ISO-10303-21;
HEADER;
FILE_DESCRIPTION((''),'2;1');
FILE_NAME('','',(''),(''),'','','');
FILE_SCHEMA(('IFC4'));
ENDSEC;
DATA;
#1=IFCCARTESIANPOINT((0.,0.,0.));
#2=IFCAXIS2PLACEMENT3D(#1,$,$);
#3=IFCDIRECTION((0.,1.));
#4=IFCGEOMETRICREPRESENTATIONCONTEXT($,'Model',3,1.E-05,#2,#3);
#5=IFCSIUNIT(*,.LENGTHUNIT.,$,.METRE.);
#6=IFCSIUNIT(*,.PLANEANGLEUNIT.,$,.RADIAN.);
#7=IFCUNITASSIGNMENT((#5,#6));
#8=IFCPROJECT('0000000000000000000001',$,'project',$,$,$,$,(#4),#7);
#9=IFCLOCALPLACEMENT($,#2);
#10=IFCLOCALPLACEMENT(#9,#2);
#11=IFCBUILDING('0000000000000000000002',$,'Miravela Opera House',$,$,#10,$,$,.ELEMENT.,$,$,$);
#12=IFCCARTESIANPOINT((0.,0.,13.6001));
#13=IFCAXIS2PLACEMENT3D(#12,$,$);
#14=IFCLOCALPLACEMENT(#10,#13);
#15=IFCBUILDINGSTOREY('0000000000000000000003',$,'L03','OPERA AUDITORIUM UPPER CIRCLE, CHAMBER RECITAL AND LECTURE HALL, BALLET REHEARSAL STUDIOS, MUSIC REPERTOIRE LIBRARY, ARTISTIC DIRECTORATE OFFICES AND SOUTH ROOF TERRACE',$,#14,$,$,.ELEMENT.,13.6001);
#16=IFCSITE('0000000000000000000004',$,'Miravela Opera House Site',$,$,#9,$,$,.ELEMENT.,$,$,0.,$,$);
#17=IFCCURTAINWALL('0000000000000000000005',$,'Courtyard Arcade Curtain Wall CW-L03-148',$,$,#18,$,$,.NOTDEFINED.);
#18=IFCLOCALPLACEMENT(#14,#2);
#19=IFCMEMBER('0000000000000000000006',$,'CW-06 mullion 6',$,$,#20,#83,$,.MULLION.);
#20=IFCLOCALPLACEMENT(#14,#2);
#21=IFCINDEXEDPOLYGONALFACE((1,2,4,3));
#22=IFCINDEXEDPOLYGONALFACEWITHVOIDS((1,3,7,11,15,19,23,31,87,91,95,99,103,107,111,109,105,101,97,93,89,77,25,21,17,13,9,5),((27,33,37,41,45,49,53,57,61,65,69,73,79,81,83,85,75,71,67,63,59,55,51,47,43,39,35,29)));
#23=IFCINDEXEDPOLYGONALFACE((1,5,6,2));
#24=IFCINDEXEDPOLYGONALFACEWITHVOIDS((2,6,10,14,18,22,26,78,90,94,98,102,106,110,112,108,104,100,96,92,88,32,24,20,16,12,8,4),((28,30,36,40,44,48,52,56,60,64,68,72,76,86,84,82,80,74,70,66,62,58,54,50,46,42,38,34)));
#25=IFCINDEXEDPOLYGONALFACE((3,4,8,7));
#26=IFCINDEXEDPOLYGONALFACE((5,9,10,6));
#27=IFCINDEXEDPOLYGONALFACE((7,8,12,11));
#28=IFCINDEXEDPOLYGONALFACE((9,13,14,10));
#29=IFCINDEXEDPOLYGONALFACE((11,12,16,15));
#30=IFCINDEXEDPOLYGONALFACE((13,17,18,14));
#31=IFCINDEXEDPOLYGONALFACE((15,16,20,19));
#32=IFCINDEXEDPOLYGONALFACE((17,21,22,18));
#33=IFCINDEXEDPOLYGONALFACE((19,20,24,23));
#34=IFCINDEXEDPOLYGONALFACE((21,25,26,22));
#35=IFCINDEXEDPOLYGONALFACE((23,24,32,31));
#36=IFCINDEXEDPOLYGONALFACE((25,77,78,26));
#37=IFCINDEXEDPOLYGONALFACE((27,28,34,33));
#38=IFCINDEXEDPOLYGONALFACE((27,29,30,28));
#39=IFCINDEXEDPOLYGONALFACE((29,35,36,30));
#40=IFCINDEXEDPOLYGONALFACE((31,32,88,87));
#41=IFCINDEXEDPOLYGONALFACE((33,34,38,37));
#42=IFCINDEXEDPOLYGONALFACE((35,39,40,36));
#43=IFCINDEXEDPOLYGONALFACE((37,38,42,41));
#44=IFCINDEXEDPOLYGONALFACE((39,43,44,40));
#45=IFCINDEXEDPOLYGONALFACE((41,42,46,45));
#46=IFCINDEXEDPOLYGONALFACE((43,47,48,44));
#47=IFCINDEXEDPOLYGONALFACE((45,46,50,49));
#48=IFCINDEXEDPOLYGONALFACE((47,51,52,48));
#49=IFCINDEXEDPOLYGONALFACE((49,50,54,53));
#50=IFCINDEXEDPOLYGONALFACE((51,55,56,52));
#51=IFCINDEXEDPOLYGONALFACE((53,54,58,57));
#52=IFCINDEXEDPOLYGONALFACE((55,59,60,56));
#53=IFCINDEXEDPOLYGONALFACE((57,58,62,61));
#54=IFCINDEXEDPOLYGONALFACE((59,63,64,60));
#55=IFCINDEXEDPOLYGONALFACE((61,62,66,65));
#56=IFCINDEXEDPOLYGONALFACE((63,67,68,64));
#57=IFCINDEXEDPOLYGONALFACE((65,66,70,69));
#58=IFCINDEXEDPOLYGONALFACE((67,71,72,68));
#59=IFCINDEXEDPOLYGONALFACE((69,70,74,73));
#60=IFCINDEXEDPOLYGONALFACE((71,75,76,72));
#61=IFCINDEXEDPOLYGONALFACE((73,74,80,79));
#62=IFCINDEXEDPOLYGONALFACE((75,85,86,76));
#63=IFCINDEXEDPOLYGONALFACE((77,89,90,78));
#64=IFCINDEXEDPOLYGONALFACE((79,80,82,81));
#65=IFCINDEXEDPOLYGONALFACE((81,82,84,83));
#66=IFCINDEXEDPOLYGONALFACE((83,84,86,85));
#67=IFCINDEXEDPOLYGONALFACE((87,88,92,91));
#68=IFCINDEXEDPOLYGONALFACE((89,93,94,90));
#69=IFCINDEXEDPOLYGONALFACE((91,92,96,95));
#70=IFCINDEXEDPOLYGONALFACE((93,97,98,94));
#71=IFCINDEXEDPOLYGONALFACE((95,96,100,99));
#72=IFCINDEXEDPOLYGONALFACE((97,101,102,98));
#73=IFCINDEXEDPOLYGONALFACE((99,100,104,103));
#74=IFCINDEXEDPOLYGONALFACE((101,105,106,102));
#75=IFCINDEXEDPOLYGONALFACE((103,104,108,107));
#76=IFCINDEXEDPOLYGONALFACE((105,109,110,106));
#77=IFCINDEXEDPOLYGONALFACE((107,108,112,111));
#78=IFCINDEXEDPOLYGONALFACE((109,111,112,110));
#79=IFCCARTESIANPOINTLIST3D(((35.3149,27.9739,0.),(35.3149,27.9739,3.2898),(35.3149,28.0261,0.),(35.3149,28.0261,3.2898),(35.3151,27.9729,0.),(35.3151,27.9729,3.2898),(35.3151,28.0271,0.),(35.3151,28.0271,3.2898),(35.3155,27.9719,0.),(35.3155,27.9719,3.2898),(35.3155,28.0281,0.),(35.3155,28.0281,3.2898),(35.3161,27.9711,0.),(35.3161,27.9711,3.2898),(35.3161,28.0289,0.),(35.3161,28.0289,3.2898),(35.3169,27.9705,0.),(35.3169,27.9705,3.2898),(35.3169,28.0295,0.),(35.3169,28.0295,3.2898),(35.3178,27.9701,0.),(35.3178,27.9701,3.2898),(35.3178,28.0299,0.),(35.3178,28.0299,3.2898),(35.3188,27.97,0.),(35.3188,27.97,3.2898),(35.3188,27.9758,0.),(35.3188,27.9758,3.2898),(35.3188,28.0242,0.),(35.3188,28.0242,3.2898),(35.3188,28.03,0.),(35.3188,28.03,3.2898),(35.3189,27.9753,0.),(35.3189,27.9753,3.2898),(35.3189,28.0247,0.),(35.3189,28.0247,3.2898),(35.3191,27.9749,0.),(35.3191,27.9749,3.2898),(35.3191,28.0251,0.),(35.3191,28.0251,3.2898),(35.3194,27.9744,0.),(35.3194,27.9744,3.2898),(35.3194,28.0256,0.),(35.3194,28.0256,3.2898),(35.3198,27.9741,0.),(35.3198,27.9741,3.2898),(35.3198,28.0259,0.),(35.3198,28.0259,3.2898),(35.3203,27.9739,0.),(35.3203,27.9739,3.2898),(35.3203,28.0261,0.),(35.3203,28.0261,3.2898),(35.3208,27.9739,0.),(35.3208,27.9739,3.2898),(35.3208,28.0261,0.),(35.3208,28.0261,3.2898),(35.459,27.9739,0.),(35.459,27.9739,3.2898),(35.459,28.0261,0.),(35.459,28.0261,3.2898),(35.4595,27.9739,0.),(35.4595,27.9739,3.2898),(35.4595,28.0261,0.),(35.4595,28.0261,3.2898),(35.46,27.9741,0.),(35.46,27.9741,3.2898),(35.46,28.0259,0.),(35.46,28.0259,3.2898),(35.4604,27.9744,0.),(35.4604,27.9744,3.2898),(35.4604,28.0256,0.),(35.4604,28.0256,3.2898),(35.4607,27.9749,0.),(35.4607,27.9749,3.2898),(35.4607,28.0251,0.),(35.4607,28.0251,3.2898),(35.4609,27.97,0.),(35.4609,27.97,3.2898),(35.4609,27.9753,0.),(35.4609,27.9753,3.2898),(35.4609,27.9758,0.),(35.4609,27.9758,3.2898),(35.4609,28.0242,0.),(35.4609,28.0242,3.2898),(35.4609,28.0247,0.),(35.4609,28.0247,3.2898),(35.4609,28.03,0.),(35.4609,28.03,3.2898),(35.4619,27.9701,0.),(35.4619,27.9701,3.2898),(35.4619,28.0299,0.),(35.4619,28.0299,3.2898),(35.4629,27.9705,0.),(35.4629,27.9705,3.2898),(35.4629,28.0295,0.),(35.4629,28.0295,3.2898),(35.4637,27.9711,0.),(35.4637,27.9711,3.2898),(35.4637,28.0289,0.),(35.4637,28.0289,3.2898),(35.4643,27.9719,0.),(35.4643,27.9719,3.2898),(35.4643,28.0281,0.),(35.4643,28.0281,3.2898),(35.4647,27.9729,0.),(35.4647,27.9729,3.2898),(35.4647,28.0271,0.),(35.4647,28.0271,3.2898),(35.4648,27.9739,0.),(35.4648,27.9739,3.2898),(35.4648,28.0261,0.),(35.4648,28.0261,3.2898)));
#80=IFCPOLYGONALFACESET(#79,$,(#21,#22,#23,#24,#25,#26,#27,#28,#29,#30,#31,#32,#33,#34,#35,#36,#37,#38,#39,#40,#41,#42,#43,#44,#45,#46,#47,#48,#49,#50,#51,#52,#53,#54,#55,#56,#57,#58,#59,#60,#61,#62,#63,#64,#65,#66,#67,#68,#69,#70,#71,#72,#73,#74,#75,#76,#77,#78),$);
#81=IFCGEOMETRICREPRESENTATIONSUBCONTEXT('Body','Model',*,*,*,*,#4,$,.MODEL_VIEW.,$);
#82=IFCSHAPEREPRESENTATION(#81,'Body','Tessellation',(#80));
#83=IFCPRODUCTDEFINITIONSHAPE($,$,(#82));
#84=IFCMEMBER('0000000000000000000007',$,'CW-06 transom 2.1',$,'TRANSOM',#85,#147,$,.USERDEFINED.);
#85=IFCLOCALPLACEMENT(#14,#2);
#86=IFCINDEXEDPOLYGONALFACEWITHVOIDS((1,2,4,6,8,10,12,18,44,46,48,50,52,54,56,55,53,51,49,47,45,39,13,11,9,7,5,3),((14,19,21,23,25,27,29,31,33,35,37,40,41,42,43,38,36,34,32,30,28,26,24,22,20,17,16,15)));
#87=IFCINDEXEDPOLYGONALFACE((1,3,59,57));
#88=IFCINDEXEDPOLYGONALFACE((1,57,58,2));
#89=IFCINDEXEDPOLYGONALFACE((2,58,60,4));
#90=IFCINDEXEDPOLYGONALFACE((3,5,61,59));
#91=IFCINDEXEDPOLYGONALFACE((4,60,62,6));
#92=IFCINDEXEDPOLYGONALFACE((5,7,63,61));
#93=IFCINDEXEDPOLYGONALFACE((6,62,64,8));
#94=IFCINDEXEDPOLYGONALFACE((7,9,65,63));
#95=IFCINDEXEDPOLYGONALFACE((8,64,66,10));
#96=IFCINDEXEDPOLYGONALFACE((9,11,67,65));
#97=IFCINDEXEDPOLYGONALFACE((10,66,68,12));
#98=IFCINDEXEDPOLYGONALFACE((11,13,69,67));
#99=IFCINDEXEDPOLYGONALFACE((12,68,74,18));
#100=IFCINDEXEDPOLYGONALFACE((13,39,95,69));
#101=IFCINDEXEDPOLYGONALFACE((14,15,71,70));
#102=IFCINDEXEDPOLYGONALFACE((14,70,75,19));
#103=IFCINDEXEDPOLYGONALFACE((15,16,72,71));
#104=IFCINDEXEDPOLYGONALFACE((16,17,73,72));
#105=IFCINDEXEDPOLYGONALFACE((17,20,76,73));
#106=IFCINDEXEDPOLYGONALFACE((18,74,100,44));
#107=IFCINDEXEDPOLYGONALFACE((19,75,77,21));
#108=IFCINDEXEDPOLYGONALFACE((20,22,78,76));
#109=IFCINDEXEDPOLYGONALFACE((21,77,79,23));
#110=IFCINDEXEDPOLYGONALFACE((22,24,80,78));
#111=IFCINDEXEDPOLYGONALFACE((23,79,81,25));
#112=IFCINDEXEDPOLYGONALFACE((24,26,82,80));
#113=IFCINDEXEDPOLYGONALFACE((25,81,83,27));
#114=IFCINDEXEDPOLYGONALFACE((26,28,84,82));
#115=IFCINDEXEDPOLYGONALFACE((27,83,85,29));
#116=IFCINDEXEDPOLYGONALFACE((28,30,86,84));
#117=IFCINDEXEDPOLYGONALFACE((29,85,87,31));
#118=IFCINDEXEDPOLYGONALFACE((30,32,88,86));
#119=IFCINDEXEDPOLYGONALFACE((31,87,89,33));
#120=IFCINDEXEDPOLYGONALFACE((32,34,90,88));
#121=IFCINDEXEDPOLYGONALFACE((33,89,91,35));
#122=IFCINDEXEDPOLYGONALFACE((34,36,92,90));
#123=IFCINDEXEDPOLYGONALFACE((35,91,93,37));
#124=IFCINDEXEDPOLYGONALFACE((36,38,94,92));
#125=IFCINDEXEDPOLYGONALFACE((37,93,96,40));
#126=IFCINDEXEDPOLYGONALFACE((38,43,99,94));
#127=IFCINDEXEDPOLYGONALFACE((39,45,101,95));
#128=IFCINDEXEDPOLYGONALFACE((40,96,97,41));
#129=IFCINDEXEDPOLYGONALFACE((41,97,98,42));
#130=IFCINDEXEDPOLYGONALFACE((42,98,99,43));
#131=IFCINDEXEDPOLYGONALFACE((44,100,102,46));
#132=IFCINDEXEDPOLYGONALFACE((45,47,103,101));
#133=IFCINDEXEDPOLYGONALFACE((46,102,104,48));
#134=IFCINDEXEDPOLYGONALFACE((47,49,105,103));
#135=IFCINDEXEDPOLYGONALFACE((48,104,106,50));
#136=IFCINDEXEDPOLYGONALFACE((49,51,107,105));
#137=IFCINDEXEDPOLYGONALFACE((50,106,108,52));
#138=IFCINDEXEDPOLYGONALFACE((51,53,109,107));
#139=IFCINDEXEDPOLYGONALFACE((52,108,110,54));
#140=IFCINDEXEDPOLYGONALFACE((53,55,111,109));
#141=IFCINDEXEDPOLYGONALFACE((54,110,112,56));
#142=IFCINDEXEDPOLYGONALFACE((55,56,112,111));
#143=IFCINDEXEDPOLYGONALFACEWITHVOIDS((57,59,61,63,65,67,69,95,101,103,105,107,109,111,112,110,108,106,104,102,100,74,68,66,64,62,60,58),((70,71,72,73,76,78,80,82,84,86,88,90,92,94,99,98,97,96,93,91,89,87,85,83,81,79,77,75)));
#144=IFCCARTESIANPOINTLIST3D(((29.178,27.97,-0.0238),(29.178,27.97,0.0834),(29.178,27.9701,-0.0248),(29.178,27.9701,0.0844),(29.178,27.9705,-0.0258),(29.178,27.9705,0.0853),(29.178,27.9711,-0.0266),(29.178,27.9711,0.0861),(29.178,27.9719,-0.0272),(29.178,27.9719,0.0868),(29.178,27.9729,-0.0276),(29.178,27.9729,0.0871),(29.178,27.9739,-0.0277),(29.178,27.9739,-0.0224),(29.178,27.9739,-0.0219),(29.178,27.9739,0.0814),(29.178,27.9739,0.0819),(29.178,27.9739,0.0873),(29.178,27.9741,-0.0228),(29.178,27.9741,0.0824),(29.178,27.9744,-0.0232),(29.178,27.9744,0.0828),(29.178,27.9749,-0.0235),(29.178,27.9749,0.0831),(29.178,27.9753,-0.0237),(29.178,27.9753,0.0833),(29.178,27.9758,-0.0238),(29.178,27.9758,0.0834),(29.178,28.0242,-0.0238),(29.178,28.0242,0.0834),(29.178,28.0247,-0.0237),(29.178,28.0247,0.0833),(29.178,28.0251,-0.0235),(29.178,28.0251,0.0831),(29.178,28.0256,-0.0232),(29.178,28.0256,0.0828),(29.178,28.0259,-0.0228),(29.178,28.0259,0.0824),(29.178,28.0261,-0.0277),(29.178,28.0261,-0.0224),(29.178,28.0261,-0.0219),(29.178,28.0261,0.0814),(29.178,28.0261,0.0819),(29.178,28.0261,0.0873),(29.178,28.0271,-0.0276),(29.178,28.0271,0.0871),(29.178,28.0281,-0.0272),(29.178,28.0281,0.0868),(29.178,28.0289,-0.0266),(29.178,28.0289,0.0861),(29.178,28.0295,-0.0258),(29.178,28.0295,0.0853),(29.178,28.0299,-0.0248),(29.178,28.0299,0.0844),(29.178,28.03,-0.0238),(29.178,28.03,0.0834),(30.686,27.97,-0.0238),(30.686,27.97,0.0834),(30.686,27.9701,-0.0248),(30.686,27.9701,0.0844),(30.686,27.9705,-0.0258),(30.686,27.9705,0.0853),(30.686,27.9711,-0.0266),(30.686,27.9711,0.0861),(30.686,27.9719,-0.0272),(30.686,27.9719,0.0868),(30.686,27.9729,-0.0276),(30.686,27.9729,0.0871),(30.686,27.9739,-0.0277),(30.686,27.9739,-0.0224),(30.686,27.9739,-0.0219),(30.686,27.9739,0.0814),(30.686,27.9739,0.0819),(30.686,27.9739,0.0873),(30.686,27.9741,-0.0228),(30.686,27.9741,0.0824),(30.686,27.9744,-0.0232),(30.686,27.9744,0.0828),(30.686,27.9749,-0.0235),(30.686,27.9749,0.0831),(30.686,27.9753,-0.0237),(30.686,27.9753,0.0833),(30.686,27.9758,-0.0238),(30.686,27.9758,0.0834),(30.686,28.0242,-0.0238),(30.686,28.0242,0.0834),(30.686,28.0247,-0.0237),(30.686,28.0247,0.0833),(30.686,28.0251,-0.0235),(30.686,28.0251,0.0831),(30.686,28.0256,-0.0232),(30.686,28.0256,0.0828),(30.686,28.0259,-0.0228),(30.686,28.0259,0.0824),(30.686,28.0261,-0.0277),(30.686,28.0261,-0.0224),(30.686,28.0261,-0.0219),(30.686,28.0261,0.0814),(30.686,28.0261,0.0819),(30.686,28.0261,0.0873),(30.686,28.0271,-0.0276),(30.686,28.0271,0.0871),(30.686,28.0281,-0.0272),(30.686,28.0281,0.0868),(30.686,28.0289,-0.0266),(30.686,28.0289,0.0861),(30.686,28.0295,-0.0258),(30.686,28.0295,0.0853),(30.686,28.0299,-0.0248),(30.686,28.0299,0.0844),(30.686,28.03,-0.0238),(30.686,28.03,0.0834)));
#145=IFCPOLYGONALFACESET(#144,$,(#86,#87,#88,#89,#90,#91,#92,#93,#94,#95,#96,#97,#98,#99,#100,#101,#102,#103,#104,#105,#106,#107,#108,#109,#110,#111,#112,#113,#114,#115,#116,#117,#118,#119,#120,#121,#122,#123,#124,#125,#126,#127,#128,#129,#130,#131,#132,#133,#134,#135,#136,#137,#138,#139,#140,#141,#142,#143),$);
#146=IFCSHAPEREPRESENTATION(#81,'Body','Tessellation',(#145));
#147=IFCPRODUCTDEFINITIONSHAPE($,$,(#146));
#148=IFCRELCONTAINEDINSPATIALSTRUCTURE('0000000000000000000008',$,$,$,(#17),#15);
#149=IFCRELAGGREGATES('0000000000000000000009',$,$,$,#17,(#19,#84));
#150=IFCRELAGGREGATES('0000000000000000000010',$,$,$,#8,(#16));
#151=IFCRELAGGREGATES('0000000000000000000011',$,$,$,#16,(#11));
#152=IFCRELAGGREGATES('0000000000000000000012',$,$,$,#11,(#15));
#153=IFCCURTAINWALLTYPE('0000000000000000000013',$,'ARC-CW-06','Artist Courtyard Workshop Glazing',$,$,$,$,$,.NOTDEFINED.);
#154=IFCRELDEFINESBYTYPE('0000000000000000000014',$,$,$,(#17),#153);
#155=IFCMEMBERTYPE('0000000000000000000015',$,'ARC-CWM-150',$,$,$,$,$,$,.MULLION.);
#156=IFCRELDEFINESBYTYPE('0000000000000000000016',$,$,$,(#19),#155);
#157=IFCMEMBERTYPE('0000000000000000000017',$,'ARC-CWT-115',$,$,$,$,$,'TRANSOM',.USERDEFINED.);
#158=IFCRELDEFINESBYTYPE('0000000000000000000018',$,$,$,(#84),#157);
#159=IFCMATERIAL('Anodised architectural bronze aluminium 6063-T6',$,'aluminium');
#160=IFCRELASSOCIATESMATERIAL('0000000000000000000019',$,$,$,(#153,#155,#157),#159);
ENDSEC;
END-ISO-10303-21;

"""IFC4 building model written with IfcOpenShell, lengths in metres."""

from ifc_helpers import new_model, si_unit, direction, frame, origin, origin_2d, place, context, subcontext, project, spatial, hollow_rectangle, extrude, material, material_profile, profile_set, type_object, element, aggregate, save


model = new_model("IFC4")

# Units and contexts
model_context = context("Model", 3, precision=1e-05, world=origin(), true_north=direction((0.0, 1.0)))
body_context = subcontext(model_context, "Body", "Model", "MODEL_VIEW")
ifc_project = project(units=[si_unit("LENGTHUNIT", "METRE"), si_unit("PLANEANGLEUNIT", "RADIAN")], contexts=[model_context])

# Site, building, storey
site_placement = place(None, origin())
site = spatial("IfcSite", under=ifc_project, at=site_placement, Name="Miravela Opera House Site", CompositionType="ELEMENT", RefElevation=0.0)
building_placement = place(site_placement, origin())
building = spatial("IfcBuilding", under=site, at=building_placement, Name="Miravela Opera House", CompositionType="ELEMENT")
storey_placement = place(building_placement, frame((0.0, 0.0, 13.6001)))
storey = spatial("IfcBuildingStorey", under=building, at=storey_placement, Name="L03", Description="OPERA AUDITORIUM UPPER CIRCLE, CHAMBER RECITAL AND LECTURE HALL, BALLET REHEARSAL STUDIOS, MUSIC REPERTOIRE LIBRARY, ARTISTIC DIRECTORATE OFFICES AND SOUTH ROOF TERRACE", CompositionType="ELEMENT", Elevation=13.6001)

# Curtain wall, members
ifc_material_1 = material(Name="Anodised architectural bronze aluminium 6063-T6", Category="aluminium")
curtain_wall_type = type_object("IfcCurtainWallType", Name="ARC-CW-06", Description="Artist Courtyard Workshop Glazing", PredefinedType="NOTDEFINED", material=ifc_material_1)
curtain_wall_placement = place(storey_placement, origin())
curtain_wall = element("IfcCurtainWall", 1, at=curtain_wall_placement, inside=storey, type_object=curtain_wall_type, Name="Courtyard Arcade Curtain Wall CW-L03-148", PredefinedType="NOTDEFINED")
ifc_material_profile_1 = material_profile(ifc_material_1, hollow_rectangle(XDim=0.0601, YDim=0.1499, WallThickness=0.0039, InnerFilletRadius=0.002, OuterFilletRadius=0.0039, at=origin_2d()), Name="CWM-60X150")
ifc_profile_set_1 = profile_set([ifc_material_profile_1])
member_type_1 = type_object("IfcMemberType", Name="ARC-CWM-150", PredefinedType="MULLION", material=ifc_profile_set_1)
member_1_placement = place(storey_placement, frame((35.3899, 28.0, 0.0), z_axis=(0.0, 0.0, 1.0), x_axis=(0.0, 1.0, 0.0)))
member_1 = element("IfcMember", 2, at=member_1_placement, type_object=member_type_1, Name="CW-06 mullion 6", PredefinedType="MULLION", context=body_context, shape_type="SweptSolid", body=[
    extrude(hollow_rectangle(XDim=0.0601, YDim=0.1499, WallThickness=0.0039, InnerFilletRadius=0.002, OuterFilletRadius=0.0039, at=origin_2d()), origin(), (0.0, 0.0, 1.0), 3.2898),
])
ifc_material_profile_2 = material_profile(ifc_material_1, hollow_rectangle(XDim=0.0601, YDim=0.115, WallThickness=0.0039, InnerFilletRadius=0.002, OuterFilletRadius=0.0039, at=origin_2d()), Name="CWT-60X115")
ifc_profile_set_2 = profile_set([ifc_material_profile_2])
member_type_2 = type_object("IfcMemberType", Name="ARC-CWT-115", ElementType="TRANSOM", PredefinedType="USERDEFINED", material=ifc_profile_set_2)
member_2_placement = place(storey_placement, frame((29.178, 28.0, 0.0298), z_axis=(1.0, 0.0, 0.0), x_axis=(0.0, 1.0, 0.0)))
member_2 = element("IfcMember", 3, at=member_2_placement, type_object=member_type_2, Name="CW-06 transom 2.1", ObjectType="TRANSOM", PredefinedType="USERDEFINED", context=body_context, shape_type="SweptSolid", body=[
    extrude(hollow_rectangle(XDim=0.0601, YDim=0.115, WallThickness=0.0039, InnerFilletRadius=0.002, OuterFilletRadius=0.0039, at=origin_2d()), origin(), (0.0, 0.0, 1.0), 1.5081),
])
aggregate(curtain_wall, [member_1, member_2])

save(model, "model.ifc")
